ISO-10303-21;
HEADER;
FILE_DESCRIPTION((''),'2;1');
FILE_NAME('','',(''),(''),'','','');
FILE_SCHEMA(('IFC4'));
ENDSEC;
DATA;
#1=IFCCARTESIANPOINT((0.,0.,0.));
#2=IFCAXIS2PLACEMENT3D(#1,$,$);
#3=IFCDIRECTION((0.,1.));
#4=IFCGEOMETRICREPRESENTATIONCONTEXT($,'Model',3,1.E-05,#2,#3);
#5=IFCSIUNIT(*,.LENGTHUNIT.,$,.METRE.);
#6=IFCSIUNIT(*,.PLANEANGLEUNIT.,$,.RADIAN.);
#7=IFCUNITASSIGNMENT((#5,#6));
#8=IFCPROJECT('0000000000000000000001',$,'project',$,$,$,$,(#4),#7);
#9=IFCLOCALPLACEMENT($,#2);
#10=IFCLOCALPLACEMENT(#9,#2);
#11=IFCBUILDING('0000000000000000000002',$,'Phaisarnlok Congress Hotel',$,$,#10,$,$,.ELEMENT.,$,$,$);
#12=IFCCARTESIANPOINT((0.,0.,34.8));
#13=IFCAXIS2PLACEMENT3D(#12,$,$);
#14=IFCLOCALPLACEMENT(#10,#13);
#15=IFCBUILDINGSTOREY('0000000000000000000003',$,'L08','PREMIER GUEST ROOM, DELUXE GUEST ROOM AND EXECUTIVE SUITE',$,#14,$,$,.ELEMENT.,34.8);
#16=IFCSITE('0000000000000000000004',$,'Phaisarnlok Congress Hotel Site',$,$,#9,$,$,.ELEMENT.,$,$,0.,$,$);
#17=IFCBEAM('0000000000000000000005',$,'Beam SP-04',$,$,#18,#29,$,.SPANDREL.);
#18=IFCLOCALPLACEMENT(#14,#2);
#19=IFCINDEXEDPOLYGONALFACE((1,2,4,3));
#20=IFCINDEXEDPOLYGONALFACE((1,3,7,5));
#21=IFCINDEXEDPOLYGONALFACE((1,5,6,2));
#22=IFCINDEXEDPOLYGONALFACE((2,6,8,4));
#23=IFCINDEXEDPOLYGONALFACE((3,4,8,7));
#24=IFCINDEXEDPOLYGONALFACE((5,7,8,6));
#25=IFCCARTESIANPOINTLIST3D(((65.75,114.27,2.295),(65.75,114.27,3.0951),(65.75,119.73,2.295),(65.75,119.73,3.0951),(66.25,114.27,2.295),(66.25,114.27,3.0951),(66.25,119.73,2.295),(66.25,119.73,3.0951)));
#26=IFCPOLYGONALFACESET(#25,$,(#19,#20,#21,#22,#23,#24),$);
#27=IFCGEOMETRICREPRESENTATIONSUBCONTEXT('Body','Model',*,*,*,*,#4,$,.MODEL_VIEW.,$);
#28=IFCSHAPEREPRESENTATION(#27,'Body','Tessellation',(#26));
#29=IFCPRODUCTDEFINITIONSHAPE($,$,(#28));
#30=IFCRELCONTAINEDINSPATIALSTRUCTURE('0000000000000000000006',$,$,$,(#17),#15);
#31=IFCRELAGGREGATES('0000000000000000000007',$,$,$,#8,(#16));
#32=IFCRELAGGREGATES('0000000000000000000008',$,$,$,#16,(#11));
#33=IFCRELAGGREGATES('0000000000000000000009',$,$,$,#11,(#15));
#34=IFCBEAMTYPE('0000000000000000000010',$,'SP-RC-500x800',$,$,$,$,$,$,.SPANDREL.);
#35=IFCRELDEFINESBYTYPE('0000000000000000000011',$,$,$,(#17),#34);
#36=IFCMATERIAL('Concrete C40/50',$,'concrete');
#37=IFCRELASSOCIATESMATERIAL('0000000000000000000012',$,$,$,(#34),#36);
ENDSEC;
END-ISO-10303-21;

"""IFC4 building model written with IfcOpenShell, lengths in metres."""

from ifc_helpers import new_model, si_unit, direction, frame, origin, origin_2d, place, context, subcontext, project, spatial, rectangle, extrude, material, material_profile, profile_set, type_object, element, save


model = new_model("IFC4")

# Units and contexts
model_context = context("Model", 3, precision=1e-05, world=origin(), true_north=direction((0.0, 1.0)))
body_context = subcontext(model_context, "Body", "Model", "MODEL_VIEW")
ifc_project = project(units=[si_unit("LENGTHUNIT", "METRE"), si_unit("PLANEANGLEUNIT", "RADIAN")], contexts=[model_context])

# Site, building, storey
site_placement = place(None, origin())
site = spatial("IfcSite", under=ifc_project, at=site_placement, Name="Phaisarnlok Congress Hotel Site", CompositionType="ELEMENT", RefElevation=0.0)
building_placement = place(site_placement, origin())
building = spatial("IfcBuilding", under=site, at=building_placement, Name="Phaisarnlok Congress Hotel", CompositionType="ELEMENT")
storey_placement = place(building_placement, frame((0.0, 0.0, 34.8)))
storey = spatial("IfcBuildingStorey", under=building, at=storey_placement, Name="L08", Description="PREMIER GUEST ROOM, DELUXE GUEST ROOM AND EXECUTIVE SUITE", CompositionType="ELEMENT", Elevation=34.8)

# Beam
ifc_material = material(Name="Concrete C40/50", Category="concrete")
ifc_material_profile = material_profile(ifc_material, rectangle(XDim=0.5, YDim=0.8, at=origin_2d()), Name="RC 500x800")
ifc_profile_set = profile_set([ifc_material_profile], Name="Concrete C40/50")
beam_type = type_object("IfcBeamType", Name="SP-RC-500x800", PredefinedType="SPANDREL", material=ifc_profile_set)
beam_placement = place(storey_placement, frame((66.0, 114.27, 2.6951), z_axis=(0.0, 1.0, 0.0), x_axis=(-1.0, 0.0, 0.0)))
element("IfcBeam", 1, at=beam_placement, inside=storey, type_object=beam_type, Name="Beam SP-04", PredefinedType="SPANDREL", context=body_context, shape_type="SweptSolid", body=[
    extrude(rectangle(XDim=0.5, YDim=0.8, at=origin_2d()), origin(), (0.0, 0.0, 1.0), 5.46),
])

save(model, "model.ifc")
